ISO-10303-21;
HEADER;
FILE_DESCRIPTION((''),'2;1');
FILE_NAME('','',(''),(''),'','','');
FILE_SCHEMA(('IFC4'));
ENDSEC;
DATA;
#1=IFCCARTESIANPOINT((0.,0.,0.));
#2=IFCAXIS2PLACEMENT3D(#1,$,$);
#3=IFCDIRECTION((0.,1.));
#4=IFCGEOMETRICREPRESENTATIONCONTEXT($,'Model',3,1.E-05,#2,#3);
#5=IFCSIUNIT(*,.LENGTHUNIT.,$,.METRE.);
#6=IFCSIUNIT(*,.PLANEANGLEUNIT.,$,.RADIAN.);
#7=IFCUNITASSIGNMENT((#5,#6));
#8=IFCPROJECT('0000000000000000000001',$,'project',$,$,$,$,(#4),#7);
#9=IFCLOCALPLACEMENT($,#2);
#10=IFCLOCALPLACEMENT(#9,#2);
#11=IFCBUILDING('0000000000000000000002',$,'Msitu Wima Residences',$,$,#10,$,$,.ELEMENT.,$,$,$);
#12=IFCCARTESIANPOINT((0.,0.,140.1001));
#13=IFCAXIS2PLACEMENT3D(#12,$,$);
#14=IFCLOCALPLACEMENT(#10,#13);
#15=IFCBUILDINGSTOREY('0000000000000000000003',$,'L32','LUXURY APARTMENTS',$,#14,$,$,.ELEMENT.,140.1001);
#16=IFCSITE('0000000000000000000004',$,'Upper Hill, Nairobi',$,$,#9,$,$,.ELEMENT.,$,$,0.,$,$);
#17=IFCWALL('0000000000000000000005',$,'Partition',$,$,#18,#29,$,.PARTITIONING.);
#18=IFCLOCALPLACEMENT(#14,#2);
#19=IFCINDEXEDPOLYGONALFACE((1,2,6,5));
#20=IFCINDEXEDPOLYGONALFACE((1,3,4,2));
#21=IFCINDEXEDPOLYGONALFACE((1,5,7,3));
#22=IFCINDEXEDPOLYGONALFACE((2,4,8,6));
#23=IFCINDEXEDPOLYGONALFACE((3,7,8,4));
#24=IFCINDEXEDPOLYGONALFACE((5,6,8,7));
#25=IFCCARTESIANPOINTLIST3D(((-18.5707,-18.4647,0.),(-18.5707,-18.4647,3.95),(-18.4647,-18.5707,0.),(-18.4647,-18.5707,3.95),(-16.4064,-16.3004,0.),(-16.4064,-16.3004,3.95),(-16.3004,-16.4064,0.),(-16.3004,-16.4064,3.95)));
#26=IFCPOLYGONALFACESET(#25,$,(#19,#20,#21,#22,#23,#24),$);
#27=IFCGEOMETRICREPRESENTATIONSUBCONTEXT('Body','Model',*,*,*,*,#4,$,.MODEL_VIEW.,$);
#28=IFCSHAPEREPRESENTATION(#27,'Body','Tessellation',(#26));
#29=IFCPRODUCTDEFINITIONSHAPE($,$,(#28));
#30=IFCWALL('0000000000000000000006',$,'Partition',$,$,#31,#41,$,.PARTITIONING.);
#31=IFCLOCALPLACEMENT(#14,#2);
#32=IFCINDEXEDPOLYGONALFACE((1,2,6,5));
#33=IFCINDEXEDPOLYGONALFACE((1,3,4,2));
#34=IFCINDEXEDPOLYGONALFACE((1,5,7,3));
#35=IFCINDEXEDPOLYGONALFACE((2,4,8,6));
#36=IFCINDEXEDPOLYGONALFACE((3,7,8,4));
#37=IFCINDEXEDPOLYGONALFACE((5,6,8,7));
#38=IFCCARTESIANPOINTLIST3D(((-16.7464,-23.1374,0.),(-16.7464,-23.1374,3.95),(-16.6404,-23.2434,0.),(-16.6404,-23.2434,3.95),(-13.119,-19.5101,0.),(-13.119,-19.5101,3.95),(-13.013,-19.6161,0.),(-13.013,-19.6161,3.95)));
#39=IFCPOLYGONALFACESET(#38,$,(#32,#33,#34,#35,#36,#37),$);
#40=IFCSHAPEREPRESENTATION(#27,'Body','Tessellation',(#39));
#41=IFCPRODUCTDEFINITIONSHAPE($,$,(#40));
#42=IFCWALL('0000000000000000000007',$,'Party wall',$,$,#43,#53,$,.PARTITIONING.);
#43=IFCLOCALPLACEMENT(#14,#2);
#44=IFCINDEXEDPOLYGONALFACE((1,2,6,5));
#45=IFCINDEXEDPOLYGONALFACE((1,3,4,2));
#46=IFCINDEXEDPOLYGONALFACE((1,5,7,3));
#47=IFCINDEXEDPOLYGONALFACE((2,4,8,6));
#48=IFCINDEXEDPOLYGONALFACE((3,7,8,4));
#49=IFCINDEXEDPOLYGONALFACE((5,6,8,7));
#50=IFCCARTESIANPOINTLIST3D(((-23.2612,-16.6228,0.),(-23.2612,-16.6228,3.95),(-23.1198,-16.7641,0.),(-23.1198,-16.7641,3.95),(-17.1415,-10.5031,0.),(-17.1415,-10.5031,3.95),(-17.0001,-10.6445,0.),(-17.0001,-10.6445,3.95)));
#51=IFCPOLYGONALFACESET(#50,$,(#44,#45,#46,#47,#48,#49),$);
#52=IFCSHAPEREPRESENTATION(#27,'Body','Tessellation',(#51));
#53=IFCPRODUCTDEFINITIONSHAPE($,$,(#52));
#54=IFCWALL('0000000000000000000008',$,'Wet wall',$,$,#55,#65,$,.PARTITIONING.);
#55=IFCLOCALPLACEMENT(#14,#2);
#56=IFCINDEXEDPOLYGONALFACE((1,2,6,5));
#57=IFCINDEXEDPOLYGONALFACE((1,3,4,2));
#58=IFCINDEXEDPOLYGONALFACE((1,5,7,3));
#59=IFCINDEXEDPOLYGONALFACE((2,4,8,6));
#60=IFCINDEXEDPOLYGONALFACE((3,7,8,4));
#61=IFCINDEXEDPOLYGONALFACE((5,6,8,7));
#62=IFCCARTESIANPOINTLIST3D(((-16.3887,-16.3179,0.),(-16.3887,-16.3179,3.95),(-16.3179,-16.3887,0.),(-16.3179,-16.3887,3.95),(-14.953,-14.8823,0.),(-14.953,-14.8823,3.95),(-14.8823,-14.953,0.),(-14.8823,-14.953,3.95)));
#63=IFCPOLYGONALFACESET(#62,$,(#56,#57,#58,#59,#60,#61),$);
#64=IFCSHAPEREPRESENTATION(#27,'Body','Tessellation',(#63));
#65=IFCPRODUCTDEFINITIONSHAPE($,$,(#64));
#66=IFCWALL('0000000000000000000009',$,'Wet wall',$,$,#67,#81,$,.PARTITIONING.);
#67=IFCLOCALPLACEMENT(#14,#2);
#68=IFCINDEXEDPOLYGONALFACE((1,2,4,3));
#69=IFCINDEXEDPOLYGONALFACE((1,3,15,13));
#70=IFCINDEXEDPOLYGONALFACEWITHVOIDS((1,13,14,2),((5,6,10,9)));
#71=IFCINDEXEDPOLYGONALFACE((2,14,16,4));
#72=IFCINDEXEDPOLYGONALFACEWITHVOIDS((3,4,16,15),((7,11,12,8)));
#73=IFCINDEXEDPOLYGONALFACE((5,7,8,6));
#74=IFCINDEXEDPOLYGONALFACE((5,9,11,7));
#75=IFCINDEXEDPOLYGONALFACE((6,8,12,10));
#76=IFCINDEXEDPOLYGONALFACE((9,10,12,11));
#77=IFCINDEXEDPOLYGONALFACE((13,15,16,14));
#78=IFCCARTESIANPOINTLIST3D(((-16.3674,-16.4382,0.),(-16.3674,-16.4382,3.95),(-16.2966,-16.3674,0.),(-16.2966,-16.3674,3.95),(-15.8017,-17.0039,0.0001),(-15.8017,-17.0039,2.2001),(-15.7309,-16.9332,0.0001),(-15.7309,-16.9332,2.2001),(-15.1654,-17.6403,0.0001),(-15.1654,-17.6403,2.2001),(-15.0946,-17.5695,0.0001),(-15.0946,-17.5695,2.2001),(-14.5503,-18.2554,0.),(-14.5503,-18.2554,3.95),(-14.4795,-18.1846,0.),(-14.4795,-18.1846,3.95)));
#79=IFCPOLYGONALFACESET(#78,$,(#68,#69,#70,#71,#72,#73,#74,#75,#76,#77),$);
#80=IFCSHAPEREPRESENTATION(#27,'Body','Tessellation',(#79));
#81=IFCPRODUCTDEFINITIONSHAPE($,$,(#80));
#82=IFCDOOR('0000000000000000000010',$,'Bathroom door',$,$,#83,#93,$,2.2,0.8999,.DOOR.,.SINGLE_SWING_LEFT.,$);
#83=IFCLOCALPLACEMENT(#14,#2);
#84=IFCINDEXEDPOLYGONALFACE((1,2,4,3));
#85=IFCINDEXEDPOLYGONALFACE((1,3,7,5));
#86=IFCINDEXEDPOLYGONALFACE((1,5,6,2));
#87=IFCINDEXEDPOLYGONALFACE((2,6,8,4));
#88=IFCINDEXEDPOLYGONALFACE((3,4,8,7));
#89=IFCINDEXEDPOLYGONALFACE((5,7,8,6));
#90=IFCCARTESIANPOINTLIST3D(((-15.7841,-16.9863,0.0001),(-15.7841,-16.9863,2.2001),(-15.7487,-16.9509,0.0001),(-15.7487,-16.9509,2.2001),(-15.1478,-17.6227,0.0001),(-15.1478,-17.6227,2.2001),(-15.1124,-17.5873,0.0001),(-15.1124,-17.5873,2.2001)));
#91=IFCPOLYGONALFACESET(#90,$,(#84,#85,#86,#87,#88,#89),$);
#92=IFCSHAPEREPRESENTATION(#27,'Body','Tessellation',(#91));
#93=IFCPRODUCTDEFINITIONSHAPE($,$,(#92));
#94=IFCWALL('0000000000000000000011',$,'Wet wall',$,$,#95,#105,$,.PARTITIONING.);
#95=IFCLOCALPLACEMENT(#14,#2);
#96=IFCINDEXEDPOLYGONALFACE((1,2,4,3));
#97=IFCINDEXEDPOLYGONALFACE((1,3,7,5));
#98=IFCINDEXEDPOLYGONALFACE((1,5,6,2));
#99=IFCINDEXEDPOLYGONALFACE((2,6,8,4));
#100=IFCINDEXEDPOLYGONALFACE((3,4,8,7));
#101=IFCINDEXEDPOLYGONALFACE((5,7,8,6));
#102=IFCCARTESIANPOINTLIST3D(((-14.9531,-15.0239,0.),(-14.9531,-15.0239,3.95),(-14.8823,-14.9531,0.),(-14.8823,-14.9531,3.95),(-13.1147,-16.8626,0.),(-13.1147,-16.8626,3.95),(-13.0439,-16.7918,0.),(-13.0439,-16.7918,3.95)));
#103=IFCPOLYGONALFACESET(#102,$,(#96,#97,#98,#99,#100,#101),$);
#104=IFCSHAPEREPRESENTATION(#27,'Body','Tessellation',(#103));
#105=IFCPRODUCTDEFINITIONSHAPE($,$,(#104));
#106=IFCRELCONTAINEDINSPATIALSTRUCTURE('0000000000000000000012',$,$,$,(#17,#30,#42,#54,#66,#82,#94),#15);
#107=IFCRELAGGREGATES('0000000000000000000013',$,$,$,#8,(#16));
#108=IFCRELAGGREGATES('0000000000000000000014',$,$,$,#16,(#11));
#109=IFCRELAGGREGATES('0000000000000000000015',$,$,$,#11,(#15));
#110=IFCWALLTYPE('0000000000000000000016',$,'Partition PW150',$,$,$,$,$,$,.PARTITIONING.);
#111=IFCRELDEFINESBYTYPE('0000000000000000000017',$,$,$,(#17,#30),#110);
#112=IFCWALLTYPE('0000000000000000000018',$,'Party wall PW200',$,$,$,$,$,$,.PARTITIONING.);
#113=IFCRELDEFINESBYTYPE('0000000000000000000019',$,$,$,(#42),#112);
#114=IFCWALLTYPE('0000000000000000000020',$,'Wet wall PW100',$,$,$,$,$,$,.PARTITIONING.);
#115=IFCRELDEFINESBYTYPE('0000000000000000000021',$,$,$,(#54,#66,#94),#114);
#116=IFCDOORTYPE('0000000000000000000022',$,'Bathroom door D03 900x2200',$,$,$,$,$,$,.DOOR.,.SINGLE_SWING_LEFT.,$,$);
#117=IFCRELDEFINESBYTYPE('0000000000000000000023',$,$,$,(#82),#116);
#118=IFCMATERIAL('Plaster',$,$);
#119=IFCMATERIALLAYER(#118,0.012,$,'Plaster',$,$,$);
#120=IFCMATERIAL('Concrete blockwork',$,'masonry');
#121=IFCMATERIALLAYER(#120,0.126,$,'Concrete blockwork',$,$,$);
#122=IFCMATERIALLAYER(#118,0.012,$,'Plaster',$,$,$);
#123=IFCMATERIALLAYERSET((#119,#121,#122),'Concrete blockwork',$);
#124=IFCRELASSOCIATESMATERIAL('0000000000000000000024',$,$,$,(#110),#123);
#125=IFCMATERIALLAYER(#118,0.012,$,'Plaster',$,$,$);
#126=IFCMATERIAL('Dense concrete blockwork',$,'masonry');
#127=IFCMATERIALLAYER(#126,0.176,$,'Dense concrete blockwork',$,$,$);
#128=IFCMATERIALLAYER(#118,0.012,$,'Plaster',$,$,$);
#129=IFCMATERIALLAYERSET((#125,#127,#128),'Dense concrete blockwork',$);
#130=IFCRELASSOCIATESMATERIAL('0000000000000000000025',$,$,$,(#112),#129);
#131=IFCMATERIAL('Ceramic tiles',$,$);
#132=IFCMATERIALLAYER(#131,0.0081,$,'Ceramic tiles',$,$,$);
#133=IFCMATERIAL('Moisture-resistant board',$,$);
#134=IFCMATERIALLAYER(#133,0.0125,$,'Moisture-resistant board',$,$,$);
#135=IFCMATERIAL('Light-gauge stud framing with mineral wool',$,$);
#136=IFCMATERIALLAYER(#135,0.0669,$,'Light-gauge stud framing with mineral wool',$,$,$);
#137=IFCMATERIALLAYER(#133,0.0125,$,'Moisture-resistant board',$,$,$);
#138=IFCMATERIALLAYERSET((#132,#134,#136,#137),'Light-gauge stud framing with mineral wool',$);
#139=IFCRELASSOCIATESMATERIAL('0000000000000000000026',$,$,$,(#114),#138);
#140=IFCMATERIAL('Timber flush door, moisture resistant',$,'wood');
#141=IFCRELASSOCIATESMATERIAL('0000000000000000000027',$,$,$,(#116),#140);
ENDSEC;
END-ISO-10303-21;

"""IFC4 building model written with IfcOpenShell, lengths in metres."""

from ifc_helpers import new_model, si_unit, direction, frame, frame_2d, origin, place, context, subcontext, project, spatial, rectangle, extrude, material, layer, layer_set, type_object, element, fill, save


model = new_model("IFC4")

# Units and contexts
model_context = context("Model", 3, precision=1e-05, world=origin(), true_north=direction((0.0, 1.0)))
body_context = subcontext(model_context, "Body", "Model", "MODEL_VIEW")
ifc_project = project(units=[si_unit("LENGTHUNIT", "METRE"), si_unit("PLANEANGLEUNIT", "RADIAN")], contexts=[model_context])

# Site, building, storey
site_placement = place(None, origin())
site = spatial("IfcSite", under=ifc_project, at=site_placement, Name="Upper Hill, Nairobi", CompositionType="ELEMENT", RefElevation=0.0)
building_placement = place(site_placement, origin())
building = spatial("IfcBuilding", under=site, at=building_placement, Name="Msitu Wima Residences", CompositionType="ELEMENT")
storey_placement = place(building_placement, frame((0.0, 0.0, 140.1001)))
storey = spatial("IfcBuildingStorey", under=building, at=storey_placement, Name="L32", Description="LUXURY APARTMENTS", CompositionType="ELEMENT", Elevation=140.1001)

# Shared definitions
ifc_material_1 = material(Name="Plaster")
ifc_material_2 = material(Name="Concrete blockwork", Category="masonry")
ifc_layer_1 = layer(ifc_material_1, 0.012, Name="Plaster")
ifc_layer_2 = layer(ifc_material_2, 0.126, Name="Concrete blockwork")
ifc_layer_3 = layer(ifc_material_1, 0.012, Name="Plaster")
ifc_layer_set_1 = layer_set([ifc_layer_1, ifc_layer_2, ifc_layer_3], Name="Concrete blockwork")
wall_type_1 = type_object("IfcWallType", Name="Partition PW150", PredefinedType="PARTITIONING", material=ifc_layer_set_1)

# Walls
wall_1_placement = place(storey_placement, frame((-18.5176, -18.5176, 0.0), z_axis=(0.0, 0.0, 1.0), x_axis=(0.707107, 0.707107, 0.0)))
element("IfcWall", 1, at=wall_1_placement, inside=storey, type_object=wall_type_1, Name="Partition", PredefinedType="PARTITIONING", context=body_context, shape_type="SweptSolid", body=[
    extrude(rectangle(XDim=3.0608, YDim=0.1499, at=frame_2d((1.5303, 0.0))), origin(), (0.0, 0.0, 1.0), 3.95),
])
wall_2_placement = place(storey_placement, frame((-16.6934, -23.1904, 0.0), z_axis=(0.0, 0.0, 1.0), x_axis=(0.707107, 0.707107, 0.0)))
element("IfcWall", 2, at=wall_2_placement, inside=storey, type_object=wall_type_1, Name="Partition", PredefinedType="PARTITIONING", context=body_context, shape_type="SweptSolid", body=[
    extrude(rectangle(XDim=5.1299, YDim=0.1499, at=frame_2d((2.5649, 0.0))), origin(), (0.0, 0.0, 1.0), 3.95),
])
ifc_layer_4 = layer(ifc_material_1, 0.012, Name="Plaster")
ifc_material_3 = material(Name="Dense concrete blockwork", Category="masonry")
ifc_layer_5 = layer(ifc_material_3, 0.176, Name="Dense concrete blockwork")
ifc_layer_6 = layer(ifc_material_1, 0.012, Name="Plaster")
ifc_layer_set_2 = layer_set([ifc_layer_4, ifc_layer_5, ifc_layer_6], Name="Dense concrete blockwork")
wall_type_2 = type_object("IfcWallType", Name="Party wall PW200", PredefinedType="PARTITIONING", material=ifc_layer_set_2)
wall_3_placement = place(storey_placement, frame((-23.1904, -16.6934, 0.0), z_axis=(0.0, 0.0, 1.0), x_axis=(0.707107, 0.707107, 0.0)))
element("IfcWall", 3, at=wall_3_placement, inside=storey, type_object=wall_type_2, Name="Party wall", PredefinedType="PARTITIONING", context=body_context, shape_type="SweptSolid", body=[
    extrude(rectangle(XDim=8.6545, YDim=0.2, at=frame_2d((4.3271, 0.0))), origin(), (0.0, 0.0, 1.0), 3.95),
])
ifc_material_4 = material(Name="Ceramic tiles")
ifc_layer_7 = layer(ifc_material_4, 0.0081, Name="Ceramic tiles")
ifc_material_5 = material(Name="Moisture-resistant board")
ifc_layer_8 = layer(ifc_material_5, 0.0125, Name="Moisture-resistant board")
ifc_material_6 = material(Name="Light-gauge stud framing with mineral wool")
ifc_layer_9 = layer(ifc_material_6, 0.0669, Name="Light-gauge stud framing with mineral wool")
ifc_layer_10 = layer(ifc_material_5, 0.0125, Name="Moisture-resistant board")
ifc_layer_set_3 = layer_set([ifc_layer_7, ifc_layer_8, ifc_layer_9, ifc_layer_10], Name="Light-gauge stud framing with mineral wool")
wall_type_3 = type_object("IfcWallType", Name="Wet wall PW100", PredefinedType="PARTITIONING", material=ifc_layer_set_3)
wall_4_placement = place(storey_placement, frame((-16.3533, -16.3533, 0.0), z_axis=(0.0, 0.0, 1.0), x_axis=(0.707107, 0.707107, 0.0)))
element("IfcWall", 4, at=wall_4_placement, inside=storey, type_object=wall_type_3, Name="Wet wall", PredefinedType="PARTITIONING", context=body_context, shape_type="SweptSolid", body=[
    extrude(rectangle(XDim=2.0303, YDim=0.1001, at=frame_2d((1.0151, 0.0))), origin(), (0.0, 0.0, 1.0), 3.95),
])

# Wall, opening, door
wall_5_placement = place(storey_placement, frame((-16.332, -16.4028, 0.0), z_axis=(0.0, 0.0, 1.0), x_axis=(0.707107, -0.707107, 0.0)))
wall_5 = element("IfcWall", 5, at=wall_5_placement, inside=storey, type_object=wall_type_3, Name="Wet wall", PredefinedType="PARTITIONING", context=body_context, shape_type="SweptSolid", body=[
    extrude(rectangle(XDim=2.5698, YDim=0.1001, at=frame_2d((1.2849, 0.0))), origin(), (0.0, 0.0, 1.0), 3.95),
])
opening_1_placement = place(wall_5_placement, frame((0.8, 0.0, 0.0)))
opening_1 = element("IfcOpeningElement", 6, at=opening_1_placement, cuts=wall_5, PredefinedType="OPENING", context=body_context, shape_type="SweptSolid", body=[
    extrude(rectangle(XDim=0.8999, YDim=2.2, at=frame_2d((0.45, 1.1001))), frame((0.0, 0.0601, 0.0), z_axis=(0.0, -1.0, 0.0), x_axis=(1.0, 0.0, 0.0)), (0.0, 0.0, 1.0), 0.1201),
])
ifc_material_7 = material(Name="Timber flush door, moisture resistant", Category="wood")
door_type_1 = type_object("IfcDoorType", Name="Bathroom door D03 900x2200", OperationType="SINGLE_SWING_LEFT", PredefinedType="DOOR", material=ifc_material_7)
door_1_placement = place(opening_1_placement, origin())
door_1 = element("IfcDoor", 7, at=door_1_placement, inside=storey, type_object=door_type_1, Name="Bathroom door", OperationType="SINGLE_SWING_LEFT", OverallHeight=2.2, OverallWidth=0.8999, PredefinedType="DOOR", context=body_context, shape_type="SweptSolid", body=[
    extrude(rectangle(XDim=0.8999, YDim=2.2, at=frame_2d((0.45, 1.1001))), frame((0.0, 0.0249, 0.0), z_axis=(0.0, -1.0, 0.0), x_axis=(1.0, 0.0, 0.0)), (0.0, 0.0, 1.0), 0.05),
])
fill(opening_1, door_1)

# Wall
wall_6_placement = place(storey_placement, frame((-14.9177, -14.9885, 0.0), z_axis=(0.0, 0.0, 1.0), x_axis=(0.70706, -0.707154, 0.0)))
element("IfcWall", 8, at=wall_6_placement, inside=storey, type_object=wall_type_3, Name="Wet wall", PredefinedType="PARTITIONING", context=body_context, shape_type="SweptSolid", body=[
    extrude(rectangle(XDim=2.6001, YDim=0.1001, at=frame_2d((1.3, 0.0))), origin(), (0.0, 0.0, 1.0), 3.95),
])

save(model, "model.ifc")
